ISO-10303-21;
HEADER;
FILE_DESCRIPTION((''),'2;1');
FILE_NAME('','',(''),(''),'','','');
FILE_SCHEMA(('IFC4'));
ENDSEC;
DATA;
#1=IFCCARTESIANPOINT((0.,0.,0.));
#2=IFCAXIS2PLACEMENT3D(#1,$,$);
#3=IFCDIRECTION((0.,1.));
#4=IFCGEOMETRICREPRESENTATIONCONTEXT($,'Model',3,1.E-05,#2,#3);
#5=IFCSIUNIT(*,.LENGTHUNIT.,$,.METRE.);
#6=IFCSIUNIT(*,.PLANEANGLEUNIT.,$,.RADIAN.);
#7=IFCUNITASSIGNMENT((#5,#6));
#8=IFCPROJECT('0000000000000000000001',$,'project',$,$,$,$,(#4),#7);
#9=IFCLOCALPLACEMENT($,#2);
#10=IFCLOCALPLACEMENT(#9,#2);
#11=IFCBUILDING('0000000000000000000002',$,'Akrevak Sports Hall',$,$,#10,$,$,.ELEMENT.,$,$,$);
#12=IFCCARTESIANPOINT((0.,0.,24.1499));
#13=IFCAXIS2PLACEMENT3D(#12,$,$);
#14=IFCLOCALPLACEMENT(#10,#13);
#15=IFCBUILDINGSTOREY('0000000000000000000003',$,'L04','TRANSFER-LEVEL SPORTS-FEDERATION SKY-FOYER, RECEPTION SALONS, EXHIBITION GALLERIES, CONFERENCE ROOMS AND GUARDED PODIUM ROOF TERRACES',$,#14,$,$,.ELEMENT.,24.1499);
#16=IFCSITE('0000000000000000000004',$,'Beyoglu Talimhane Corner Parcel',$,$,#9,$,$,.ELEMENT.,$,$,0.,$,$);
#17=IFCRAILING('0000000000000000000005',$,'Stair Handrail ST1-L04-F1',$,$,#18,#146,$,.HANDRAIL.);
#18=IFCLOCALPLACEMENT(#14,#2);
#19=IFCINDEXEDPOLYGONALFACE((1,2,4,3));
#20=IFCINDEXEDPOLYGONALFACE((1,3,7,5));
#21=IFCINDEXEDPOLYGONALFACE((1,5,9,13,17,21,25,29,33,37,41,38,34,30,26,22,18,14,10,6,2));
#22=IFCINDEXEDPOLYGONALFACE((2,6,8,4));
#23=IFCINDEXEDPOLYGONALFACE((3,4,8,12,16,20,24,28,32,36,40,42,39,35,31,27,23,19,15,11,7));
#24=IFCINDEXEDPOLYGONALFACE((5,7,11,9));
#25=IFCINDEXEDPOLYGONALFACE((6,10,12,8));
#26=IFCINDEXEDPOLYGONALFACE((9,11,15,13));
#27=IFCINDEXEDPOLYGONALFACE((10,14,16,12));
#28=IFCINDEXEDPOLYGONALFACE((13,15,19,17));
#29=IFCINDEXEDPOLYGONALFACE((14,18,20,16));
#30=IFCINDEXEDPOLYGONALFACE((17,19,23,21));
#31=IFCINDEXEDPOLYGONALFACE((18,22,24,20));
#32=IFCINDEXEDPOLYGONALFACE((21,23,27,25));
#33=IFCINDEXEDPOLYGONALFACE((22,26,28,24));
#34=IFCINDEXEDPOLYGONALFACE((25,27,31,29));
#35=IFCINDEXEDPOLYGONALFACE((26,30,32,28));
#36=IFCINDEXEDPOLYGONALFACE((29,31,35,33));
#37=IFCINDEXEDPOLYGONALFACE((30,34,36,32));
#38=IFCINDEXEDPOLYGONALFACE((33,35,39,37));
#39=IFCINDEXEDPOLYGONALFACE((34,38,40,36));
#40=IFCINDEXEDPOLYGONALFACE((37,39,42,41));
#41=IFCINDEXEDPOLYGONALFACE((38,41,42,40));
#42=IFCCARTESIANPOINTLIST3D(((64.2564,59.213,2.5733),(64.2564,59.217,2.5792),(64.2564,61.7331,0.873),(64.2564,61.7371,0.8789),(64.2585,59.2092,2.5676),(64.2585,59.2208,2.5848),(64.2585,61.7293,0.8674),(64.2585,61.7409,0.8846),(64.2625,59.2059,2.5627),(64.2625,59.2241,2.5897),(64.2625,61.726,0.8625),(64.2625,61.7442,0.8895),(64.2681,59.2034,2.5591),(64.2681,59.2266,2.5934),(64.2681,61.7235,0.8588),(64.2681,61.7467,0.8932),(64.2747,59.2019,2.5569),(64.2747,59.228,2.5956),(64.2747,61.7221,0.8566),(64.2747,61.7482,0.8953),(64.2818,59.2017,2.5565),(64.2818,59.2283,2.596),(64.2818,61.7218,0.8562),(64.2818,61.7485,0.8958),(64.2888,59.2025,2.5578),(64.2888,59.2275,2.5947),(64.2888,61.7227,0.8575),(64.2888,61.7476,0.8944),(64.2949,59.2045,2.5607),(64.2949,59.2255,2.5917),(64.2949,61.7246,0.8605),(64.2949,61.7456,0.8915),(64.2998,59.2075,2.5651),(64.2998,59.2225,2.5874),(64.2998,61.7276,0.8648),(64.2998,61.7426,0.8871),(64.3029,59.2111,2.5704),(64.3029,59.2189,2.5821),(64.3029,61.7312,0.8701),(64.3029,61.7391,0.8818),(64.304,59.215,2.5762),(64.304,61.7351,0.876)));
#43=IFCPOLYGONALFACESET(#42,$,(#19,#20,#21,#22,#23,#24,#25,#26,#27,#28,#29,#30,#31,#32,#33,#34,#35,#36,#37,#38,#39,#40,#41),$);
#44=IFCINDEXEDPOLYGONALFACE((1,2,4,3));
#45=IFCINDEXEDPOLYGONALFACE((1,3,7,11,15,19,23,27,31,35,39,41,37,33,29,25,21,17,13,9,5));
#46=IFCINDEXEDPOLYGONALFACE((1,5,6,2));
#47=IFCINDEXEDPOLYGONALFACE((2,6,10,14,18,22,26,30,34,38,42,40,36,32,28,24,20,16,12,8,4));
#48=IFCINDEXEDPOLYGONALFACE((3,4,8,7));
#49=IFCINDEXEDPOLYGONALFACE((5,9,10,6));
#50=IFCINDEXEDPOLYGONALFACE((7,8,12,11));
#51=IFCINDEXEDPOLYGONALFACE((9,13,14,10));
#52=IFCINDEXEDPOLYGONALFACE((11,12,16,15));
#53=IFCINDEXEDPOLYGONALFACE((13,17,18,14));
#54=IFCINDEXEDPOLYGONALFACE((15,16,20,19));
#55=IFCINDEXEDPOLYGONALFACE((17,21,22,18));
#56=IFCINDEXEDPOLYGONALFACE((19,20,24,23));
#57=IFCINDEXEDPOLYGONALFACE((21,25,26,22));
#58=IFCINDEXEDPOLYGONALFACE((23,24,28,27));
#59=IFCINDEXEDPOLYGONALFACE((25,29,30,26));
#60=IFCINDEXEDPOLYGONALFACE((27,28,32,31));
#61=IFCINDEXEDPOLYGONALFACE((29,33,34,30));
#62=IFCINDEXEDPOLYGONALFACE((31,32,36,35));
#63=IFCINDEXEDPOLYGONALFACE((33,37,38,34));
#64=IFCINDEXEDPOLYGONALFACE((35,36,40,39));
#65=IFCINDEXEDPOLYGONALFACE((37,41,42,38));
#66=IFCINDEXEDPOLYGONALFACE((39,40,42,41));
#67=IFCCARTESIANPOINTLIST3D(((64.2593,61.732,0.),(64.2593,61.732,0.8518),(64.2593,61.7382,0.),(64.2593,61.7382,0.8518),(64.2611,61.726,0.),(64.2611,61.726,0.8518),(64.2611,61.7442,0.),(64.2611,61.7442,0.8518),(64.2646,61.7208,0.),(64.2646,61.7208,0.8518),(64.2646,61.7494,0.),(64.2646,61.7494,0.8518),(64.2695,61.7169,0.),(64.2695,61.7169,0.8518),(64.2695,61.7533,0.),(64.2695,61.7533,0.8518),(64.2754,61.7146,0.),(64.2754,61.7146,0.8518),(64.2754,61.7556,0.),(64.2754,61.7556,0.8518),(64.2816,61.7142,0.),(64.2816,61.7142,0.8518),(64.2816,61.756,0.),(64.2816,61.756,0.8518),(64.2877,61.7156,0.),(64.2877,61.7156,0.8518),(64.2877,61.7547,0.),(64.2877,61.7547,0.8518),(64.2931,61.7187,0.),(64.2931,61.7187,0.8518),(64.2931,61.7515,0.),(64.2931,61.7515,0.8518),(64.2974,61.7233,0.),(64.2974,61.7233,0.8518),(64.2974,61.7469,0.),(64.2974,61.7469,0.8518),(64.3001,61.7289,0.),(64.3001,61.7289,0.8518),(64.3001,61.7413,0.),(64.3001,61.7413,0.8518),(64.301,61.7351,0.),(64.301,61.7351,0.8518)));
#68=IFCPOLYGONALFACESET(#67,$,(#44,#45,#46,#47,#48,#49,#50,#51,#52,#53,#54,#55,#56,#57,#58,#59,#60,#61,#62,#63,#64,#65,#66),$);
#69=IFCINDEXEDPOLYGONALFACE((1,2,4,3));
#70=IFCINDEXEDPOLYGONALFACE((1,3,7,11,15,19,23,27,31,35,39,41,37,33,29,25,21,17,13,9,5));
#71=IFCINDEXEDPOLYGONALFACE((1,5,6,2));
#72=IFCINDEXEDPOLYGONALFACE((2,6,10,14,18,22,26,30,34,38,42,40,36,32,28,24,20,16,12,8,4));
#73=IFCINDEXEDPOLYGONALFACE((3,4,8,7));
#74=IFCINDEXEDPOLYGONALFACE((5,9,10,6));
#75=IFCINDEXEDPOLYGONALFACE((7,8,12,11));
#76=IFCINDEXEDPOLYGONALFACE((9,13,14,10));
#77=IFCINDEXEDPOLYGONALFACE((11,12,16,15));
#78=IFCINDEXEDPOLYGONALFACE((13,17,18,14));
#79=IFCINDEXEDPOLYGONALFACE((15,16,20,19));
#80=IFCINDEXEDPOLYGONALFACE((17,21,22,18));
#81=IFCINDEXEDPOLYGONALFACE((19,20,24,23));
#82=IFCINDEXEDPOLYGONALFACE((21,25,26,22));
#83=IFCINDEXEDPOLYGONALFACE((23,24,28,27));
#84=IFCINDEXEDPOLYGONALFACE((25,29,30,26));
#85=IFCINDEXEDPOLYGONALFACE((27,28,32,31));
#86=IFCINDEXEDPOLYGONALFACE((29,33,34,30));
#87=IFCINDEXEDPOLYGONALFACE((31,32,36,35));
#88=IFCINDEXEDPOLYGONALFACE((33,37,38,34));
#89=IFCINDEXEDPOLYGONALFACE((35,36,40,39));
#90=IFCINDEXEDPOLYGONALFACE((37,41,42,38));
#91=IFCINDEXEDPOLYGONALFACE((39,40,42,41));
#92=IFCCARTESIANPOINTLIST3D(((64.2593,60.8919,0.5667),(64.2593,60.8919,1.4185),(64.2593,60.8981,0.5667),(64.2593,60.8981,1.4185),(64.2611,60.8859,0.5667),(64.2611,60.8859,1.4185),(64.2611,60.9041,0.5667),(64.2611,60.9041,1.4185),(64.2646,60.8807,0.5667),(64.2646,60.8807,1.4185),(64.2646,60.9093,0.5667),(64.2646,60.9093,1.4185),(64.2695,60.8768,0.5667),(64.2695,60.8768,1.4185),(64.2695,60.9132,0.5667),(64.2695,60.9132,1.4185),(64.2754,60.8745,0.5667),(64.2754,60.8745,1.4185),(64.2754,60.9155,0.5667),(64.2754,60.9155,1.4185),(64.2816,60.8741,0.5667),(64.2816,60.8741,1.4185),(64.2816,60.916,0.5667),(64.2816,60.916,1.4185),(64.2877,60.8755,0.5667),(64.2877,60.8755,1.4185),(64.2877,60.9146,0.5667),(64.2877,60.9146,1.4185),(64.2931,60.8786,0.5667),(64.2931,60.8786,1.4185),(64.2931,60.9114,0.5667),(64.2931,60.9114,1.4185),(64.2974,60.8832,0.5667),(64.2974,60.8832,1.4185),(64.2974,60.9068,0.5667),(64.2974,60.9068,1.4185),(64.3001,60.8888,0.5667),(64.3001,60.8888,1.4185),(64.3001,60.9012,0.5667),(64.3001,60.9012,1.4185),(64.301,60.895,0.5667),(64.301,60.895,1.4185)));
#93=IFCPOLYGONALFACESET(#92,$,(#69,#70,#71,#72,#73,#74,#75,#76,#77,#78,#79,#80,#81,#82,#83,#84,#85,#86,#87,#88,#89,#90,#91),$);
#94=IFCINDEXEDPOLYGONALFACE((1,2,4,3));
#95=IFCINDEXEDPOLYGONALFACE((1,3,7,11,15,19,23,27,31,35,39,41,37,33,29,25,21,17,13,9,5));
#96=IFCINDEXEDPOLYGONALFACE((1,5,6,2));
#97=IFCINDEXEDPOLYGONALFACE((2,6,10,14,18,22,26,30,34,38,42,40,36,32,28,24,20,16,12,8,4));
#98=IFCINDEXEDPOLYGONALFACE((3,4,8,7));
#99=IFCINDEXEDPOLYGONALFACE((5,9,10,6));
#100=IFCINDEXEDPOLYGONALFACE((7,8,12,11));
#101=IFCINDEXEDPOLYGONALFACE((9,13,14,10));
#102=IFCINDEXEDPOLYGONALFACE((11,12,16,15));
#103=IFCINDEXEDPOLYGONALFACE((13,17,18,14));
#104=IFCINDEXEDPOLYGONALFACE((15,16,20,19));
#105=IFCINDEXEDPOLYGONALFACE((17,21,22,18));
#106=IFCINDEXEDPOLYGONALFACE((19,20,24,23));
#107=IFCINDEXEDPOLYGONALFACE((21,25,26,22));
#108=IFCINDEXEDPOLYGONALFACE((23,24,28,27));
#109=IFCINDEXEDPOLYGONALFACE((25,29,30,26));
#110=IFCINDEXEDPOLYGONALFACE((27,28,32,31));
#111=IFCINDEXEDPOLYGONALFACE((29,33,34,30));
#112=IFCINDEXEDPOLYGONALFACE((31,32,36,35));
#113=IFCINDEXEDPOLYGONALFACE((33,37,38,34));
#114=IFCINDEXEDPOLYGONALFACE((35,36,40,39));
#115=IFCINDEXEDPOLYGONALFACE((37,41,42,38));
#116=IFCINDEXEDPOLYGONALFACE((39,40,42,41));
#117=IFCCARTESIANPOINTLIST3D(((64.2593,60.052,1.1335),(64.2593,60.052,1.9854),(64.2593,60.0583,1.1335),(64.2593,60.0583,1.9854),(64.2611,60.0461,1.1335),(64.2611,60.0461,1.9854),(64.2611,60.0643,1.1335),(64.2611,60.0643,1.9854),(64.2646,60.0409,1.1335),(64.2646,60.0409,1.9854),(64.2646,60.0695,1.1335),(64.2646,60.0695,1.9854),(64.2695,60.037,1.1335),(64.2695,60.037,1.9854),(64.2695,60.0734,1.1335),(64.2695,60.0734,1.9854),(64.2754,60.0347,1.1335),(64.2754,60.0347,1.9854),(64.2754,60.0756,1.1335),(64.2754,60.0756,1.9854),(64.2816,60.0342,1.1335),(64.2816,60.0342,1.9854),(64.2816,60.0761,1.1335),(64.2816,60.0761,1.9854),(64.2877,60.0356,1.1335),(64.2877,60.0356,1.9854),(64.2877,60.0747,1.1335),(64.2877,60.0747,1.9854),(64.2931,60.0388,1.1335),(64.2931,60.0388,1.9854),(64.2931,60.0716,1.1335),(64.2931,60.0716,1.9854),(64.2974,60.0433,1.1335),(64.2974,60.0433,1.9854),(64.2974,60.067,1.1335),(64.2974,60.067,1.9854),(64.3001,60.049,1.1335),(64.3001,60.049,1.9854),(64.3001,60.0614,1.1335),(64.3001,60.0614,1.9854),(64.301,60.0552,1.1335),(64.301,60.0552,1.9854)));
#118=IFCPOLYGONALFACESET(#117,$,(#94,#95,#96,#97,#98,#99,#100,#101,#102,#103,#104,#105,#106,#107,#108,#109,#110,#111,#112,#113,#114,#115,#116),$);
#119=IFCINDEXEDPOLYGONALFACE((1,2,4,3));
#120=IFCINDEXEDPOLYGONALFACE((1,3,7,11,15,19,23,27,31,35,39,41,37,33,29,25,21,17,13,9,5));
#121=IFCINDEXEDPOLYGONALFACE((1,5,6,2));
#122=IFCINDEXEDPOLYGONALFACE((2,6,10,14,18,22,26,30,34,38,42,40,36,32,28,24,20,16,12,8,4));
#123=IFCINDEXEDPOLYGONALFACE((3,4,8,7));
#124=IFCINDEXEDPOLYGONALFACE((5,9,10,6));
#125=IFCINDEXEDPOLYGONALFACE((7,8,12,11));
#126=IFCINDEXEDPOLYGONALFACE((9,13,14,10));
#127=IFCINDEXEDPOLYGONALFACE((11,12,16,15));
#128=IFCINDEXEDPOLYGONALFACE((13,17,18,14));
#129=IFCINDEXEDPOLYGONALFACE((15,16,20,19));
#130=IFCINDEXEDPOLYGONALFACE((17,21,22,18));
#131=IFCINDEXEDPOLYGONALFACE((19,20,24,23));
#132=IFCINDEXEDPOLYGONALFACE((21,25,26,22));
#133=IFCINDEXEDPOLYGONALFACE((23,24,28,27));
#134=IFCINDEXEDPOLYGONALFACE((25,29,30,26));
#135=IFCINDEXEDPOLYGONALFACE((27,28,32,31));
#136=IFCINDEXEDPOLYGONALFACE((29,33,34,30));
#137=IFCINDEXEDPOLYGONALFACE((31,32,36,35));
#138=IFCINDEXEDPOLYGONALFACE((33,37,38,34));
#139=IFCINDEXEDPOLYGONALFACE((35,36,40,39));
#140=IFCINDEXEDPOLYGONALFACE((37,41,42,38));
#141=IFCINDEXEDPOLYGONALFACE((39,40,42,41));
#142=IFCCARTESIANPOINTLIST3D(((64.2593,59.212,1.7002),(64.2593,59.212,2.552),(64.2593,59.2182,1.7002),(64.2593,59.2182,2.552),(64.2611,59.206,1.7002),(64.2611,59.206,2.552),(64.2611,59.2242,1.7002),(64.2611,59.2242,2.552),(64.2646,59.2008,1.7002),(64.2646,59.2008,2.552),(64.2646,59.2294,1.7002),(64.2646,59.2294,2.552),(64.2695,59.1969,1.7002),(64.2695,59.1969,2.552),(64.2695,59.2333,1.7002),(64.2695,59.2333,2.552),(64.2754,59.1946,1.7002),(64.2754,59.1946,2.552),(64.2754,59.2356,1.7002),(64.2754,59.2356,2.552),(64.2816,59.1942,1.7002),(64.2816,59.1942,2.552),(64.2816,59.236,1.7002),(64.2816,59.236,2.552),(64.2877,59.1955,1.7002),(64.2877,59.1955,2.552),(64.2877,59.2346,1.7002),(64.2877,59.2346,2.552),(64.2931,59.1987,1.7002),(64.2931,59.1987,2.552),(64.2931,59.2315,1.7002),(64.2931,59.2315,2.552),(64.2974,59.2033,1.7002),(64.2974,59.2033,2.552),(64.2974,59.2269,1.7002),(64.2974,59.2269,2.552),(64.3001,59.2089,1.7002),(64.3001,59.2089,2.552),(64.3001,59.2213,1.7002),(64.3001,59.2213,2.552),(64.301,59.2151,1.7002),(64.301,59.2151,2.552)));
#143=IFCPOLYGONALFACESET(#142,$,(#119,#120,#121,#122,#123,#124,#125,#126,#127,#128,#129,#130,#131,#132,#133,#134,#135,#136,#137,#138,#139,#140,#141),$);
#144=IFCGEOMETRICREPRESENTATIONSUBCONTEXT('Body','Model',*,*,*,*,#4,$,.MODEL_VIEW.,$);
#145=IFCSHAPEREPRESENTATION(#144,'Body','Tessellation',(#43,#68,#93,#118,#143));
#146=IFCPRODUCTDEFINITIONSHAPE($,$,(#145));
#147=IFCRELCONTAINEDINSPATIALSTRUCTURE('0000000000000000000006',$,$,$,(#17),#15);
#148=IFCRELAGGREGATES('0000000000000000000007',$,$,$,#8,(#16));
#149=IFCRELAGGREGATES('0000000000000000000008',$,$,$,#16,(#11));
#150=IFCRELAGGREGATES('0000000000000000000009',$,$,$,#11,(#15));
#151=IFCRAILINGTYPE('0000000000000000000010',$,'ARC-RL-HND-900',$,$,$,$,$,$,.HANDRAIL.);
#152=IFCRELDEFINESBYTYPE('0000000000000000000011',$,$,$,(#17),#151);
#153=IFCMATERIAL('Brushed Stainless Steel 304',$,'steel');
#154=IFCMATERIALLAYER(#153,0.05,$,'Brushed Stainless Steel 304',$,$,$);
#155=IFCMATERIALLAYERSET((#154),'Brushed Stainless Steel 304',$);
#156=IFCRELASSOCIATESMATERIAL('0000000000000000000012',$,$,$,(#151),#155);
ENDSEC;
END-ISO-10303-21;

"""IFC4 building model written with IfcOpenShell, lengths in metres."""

from ifc_helpers import new_model, si_unit, direction, frame, origin, origin_2d, place, context, subcontext, project, spatial, circle, extrude, material, layer, layer_set, type_object, element, save


model = new_model("IFC4")

# Units and contexts
model_context = context("Model", 3, precision=1e-05, world=origin(), true_north=direction((0.0, 1.0)))
body_context = subcontext(model_context, "Body", "Model", "MODEL_VIEW")
ifc_project = project(units=[si_unit("LENGTHUNIT", "METRE"), si_unit("PLANEANGLEUNIT", "RADIAN")], contexts=[model_context])

# Site, building, storey
site_placement = place(None, origin())
site = spatial("IfcSite", under=ifc_project, at=site_placement, Name="Beyoglu Talimhane Corner Parcel", CompositionType="ELEMENT", RefElevation=0.0)
building_placement = place(site_placement, origin())
building = spatial("IfcBuilding", under=site, at=building_placement, Name="Akrevak Sports Hall", CompositionType="ELEMENT")
storey_placement = place(building_placement, frame((0.0, 0.0, 24.1499)))
storey = spatial("IfcBuildingStorey", under=building, at=storey_placement, Name="L04", Description="TRANSFER-LEVEL SPORTS-FEDERATION SKY-FOYER, RECEPTION SALONS, EXHIBITION GALLERIES, CONFERENCE ROOMS AND GUARDED PODIUM ROOF TERRACES", CompositionType="ELEMENT", Elevation=24.1499)

# Railing
ifc_material_1 = material(Name="Brushed Stainless Steel 304", Category="steel")
ifc_layer_1 = layer(ifc_material_1, 0.05, Name="Brushed Stainless Steel 304")
ifc_layer_set_1 = layer_set([ifc_layer_1], Name="Brushed Stainless Steel 304")
railing_type_1 = type_object("IfcRailingType", Name="ARC-RL-HND-900", PredefinedType="HANDRAIL", material=ifc_layer_set_1)
railing_1_placement = place(storey_placement, frame((64.28, 61.7351, 0.0)))
element("IfcRailing", 1, at=railing_1_placement, inside=storey, type_object=railing_type_1, Name="Stair Handrail ST1-L04-F1", PredefinedType="HANDRAIL", context=body_context, shape_type="SweptSolid", body=[
    extrude(circle(Radius=0.0239, at=origin_2d()), frame((0.0, 0.0, 0.876), z_axis=(0.0, -0.828973, 0.559288), x_axis=(1.0, 0.0, 0.0)), (0.0, 0.0, 1.0), 3.04),
    extrude(circle(Radius=0.021, at=origin_2d()), origin(), (0.0, 0.0, 1.0), 0.8518),
    extrude(circle(Radius=0.021, at=origin_2d()), frame((0.0, -0.8401, 0.5667)), (0.0, 0.0, 1.0), 0.8518),
    extrude(circle(Radius=0.021, at=origin_2d()), frame((0.0, -1.6799, 1.1335)), (0.0, 0.0, 1.0), 0.8518),
    extrude(circle(Radius=0.021, at=origin_2d()), frame((0.0, -2.52, 1.7002)), (0.0, 0.0, 1.0), 0.8518),
])

save(model, "model.ifc")
